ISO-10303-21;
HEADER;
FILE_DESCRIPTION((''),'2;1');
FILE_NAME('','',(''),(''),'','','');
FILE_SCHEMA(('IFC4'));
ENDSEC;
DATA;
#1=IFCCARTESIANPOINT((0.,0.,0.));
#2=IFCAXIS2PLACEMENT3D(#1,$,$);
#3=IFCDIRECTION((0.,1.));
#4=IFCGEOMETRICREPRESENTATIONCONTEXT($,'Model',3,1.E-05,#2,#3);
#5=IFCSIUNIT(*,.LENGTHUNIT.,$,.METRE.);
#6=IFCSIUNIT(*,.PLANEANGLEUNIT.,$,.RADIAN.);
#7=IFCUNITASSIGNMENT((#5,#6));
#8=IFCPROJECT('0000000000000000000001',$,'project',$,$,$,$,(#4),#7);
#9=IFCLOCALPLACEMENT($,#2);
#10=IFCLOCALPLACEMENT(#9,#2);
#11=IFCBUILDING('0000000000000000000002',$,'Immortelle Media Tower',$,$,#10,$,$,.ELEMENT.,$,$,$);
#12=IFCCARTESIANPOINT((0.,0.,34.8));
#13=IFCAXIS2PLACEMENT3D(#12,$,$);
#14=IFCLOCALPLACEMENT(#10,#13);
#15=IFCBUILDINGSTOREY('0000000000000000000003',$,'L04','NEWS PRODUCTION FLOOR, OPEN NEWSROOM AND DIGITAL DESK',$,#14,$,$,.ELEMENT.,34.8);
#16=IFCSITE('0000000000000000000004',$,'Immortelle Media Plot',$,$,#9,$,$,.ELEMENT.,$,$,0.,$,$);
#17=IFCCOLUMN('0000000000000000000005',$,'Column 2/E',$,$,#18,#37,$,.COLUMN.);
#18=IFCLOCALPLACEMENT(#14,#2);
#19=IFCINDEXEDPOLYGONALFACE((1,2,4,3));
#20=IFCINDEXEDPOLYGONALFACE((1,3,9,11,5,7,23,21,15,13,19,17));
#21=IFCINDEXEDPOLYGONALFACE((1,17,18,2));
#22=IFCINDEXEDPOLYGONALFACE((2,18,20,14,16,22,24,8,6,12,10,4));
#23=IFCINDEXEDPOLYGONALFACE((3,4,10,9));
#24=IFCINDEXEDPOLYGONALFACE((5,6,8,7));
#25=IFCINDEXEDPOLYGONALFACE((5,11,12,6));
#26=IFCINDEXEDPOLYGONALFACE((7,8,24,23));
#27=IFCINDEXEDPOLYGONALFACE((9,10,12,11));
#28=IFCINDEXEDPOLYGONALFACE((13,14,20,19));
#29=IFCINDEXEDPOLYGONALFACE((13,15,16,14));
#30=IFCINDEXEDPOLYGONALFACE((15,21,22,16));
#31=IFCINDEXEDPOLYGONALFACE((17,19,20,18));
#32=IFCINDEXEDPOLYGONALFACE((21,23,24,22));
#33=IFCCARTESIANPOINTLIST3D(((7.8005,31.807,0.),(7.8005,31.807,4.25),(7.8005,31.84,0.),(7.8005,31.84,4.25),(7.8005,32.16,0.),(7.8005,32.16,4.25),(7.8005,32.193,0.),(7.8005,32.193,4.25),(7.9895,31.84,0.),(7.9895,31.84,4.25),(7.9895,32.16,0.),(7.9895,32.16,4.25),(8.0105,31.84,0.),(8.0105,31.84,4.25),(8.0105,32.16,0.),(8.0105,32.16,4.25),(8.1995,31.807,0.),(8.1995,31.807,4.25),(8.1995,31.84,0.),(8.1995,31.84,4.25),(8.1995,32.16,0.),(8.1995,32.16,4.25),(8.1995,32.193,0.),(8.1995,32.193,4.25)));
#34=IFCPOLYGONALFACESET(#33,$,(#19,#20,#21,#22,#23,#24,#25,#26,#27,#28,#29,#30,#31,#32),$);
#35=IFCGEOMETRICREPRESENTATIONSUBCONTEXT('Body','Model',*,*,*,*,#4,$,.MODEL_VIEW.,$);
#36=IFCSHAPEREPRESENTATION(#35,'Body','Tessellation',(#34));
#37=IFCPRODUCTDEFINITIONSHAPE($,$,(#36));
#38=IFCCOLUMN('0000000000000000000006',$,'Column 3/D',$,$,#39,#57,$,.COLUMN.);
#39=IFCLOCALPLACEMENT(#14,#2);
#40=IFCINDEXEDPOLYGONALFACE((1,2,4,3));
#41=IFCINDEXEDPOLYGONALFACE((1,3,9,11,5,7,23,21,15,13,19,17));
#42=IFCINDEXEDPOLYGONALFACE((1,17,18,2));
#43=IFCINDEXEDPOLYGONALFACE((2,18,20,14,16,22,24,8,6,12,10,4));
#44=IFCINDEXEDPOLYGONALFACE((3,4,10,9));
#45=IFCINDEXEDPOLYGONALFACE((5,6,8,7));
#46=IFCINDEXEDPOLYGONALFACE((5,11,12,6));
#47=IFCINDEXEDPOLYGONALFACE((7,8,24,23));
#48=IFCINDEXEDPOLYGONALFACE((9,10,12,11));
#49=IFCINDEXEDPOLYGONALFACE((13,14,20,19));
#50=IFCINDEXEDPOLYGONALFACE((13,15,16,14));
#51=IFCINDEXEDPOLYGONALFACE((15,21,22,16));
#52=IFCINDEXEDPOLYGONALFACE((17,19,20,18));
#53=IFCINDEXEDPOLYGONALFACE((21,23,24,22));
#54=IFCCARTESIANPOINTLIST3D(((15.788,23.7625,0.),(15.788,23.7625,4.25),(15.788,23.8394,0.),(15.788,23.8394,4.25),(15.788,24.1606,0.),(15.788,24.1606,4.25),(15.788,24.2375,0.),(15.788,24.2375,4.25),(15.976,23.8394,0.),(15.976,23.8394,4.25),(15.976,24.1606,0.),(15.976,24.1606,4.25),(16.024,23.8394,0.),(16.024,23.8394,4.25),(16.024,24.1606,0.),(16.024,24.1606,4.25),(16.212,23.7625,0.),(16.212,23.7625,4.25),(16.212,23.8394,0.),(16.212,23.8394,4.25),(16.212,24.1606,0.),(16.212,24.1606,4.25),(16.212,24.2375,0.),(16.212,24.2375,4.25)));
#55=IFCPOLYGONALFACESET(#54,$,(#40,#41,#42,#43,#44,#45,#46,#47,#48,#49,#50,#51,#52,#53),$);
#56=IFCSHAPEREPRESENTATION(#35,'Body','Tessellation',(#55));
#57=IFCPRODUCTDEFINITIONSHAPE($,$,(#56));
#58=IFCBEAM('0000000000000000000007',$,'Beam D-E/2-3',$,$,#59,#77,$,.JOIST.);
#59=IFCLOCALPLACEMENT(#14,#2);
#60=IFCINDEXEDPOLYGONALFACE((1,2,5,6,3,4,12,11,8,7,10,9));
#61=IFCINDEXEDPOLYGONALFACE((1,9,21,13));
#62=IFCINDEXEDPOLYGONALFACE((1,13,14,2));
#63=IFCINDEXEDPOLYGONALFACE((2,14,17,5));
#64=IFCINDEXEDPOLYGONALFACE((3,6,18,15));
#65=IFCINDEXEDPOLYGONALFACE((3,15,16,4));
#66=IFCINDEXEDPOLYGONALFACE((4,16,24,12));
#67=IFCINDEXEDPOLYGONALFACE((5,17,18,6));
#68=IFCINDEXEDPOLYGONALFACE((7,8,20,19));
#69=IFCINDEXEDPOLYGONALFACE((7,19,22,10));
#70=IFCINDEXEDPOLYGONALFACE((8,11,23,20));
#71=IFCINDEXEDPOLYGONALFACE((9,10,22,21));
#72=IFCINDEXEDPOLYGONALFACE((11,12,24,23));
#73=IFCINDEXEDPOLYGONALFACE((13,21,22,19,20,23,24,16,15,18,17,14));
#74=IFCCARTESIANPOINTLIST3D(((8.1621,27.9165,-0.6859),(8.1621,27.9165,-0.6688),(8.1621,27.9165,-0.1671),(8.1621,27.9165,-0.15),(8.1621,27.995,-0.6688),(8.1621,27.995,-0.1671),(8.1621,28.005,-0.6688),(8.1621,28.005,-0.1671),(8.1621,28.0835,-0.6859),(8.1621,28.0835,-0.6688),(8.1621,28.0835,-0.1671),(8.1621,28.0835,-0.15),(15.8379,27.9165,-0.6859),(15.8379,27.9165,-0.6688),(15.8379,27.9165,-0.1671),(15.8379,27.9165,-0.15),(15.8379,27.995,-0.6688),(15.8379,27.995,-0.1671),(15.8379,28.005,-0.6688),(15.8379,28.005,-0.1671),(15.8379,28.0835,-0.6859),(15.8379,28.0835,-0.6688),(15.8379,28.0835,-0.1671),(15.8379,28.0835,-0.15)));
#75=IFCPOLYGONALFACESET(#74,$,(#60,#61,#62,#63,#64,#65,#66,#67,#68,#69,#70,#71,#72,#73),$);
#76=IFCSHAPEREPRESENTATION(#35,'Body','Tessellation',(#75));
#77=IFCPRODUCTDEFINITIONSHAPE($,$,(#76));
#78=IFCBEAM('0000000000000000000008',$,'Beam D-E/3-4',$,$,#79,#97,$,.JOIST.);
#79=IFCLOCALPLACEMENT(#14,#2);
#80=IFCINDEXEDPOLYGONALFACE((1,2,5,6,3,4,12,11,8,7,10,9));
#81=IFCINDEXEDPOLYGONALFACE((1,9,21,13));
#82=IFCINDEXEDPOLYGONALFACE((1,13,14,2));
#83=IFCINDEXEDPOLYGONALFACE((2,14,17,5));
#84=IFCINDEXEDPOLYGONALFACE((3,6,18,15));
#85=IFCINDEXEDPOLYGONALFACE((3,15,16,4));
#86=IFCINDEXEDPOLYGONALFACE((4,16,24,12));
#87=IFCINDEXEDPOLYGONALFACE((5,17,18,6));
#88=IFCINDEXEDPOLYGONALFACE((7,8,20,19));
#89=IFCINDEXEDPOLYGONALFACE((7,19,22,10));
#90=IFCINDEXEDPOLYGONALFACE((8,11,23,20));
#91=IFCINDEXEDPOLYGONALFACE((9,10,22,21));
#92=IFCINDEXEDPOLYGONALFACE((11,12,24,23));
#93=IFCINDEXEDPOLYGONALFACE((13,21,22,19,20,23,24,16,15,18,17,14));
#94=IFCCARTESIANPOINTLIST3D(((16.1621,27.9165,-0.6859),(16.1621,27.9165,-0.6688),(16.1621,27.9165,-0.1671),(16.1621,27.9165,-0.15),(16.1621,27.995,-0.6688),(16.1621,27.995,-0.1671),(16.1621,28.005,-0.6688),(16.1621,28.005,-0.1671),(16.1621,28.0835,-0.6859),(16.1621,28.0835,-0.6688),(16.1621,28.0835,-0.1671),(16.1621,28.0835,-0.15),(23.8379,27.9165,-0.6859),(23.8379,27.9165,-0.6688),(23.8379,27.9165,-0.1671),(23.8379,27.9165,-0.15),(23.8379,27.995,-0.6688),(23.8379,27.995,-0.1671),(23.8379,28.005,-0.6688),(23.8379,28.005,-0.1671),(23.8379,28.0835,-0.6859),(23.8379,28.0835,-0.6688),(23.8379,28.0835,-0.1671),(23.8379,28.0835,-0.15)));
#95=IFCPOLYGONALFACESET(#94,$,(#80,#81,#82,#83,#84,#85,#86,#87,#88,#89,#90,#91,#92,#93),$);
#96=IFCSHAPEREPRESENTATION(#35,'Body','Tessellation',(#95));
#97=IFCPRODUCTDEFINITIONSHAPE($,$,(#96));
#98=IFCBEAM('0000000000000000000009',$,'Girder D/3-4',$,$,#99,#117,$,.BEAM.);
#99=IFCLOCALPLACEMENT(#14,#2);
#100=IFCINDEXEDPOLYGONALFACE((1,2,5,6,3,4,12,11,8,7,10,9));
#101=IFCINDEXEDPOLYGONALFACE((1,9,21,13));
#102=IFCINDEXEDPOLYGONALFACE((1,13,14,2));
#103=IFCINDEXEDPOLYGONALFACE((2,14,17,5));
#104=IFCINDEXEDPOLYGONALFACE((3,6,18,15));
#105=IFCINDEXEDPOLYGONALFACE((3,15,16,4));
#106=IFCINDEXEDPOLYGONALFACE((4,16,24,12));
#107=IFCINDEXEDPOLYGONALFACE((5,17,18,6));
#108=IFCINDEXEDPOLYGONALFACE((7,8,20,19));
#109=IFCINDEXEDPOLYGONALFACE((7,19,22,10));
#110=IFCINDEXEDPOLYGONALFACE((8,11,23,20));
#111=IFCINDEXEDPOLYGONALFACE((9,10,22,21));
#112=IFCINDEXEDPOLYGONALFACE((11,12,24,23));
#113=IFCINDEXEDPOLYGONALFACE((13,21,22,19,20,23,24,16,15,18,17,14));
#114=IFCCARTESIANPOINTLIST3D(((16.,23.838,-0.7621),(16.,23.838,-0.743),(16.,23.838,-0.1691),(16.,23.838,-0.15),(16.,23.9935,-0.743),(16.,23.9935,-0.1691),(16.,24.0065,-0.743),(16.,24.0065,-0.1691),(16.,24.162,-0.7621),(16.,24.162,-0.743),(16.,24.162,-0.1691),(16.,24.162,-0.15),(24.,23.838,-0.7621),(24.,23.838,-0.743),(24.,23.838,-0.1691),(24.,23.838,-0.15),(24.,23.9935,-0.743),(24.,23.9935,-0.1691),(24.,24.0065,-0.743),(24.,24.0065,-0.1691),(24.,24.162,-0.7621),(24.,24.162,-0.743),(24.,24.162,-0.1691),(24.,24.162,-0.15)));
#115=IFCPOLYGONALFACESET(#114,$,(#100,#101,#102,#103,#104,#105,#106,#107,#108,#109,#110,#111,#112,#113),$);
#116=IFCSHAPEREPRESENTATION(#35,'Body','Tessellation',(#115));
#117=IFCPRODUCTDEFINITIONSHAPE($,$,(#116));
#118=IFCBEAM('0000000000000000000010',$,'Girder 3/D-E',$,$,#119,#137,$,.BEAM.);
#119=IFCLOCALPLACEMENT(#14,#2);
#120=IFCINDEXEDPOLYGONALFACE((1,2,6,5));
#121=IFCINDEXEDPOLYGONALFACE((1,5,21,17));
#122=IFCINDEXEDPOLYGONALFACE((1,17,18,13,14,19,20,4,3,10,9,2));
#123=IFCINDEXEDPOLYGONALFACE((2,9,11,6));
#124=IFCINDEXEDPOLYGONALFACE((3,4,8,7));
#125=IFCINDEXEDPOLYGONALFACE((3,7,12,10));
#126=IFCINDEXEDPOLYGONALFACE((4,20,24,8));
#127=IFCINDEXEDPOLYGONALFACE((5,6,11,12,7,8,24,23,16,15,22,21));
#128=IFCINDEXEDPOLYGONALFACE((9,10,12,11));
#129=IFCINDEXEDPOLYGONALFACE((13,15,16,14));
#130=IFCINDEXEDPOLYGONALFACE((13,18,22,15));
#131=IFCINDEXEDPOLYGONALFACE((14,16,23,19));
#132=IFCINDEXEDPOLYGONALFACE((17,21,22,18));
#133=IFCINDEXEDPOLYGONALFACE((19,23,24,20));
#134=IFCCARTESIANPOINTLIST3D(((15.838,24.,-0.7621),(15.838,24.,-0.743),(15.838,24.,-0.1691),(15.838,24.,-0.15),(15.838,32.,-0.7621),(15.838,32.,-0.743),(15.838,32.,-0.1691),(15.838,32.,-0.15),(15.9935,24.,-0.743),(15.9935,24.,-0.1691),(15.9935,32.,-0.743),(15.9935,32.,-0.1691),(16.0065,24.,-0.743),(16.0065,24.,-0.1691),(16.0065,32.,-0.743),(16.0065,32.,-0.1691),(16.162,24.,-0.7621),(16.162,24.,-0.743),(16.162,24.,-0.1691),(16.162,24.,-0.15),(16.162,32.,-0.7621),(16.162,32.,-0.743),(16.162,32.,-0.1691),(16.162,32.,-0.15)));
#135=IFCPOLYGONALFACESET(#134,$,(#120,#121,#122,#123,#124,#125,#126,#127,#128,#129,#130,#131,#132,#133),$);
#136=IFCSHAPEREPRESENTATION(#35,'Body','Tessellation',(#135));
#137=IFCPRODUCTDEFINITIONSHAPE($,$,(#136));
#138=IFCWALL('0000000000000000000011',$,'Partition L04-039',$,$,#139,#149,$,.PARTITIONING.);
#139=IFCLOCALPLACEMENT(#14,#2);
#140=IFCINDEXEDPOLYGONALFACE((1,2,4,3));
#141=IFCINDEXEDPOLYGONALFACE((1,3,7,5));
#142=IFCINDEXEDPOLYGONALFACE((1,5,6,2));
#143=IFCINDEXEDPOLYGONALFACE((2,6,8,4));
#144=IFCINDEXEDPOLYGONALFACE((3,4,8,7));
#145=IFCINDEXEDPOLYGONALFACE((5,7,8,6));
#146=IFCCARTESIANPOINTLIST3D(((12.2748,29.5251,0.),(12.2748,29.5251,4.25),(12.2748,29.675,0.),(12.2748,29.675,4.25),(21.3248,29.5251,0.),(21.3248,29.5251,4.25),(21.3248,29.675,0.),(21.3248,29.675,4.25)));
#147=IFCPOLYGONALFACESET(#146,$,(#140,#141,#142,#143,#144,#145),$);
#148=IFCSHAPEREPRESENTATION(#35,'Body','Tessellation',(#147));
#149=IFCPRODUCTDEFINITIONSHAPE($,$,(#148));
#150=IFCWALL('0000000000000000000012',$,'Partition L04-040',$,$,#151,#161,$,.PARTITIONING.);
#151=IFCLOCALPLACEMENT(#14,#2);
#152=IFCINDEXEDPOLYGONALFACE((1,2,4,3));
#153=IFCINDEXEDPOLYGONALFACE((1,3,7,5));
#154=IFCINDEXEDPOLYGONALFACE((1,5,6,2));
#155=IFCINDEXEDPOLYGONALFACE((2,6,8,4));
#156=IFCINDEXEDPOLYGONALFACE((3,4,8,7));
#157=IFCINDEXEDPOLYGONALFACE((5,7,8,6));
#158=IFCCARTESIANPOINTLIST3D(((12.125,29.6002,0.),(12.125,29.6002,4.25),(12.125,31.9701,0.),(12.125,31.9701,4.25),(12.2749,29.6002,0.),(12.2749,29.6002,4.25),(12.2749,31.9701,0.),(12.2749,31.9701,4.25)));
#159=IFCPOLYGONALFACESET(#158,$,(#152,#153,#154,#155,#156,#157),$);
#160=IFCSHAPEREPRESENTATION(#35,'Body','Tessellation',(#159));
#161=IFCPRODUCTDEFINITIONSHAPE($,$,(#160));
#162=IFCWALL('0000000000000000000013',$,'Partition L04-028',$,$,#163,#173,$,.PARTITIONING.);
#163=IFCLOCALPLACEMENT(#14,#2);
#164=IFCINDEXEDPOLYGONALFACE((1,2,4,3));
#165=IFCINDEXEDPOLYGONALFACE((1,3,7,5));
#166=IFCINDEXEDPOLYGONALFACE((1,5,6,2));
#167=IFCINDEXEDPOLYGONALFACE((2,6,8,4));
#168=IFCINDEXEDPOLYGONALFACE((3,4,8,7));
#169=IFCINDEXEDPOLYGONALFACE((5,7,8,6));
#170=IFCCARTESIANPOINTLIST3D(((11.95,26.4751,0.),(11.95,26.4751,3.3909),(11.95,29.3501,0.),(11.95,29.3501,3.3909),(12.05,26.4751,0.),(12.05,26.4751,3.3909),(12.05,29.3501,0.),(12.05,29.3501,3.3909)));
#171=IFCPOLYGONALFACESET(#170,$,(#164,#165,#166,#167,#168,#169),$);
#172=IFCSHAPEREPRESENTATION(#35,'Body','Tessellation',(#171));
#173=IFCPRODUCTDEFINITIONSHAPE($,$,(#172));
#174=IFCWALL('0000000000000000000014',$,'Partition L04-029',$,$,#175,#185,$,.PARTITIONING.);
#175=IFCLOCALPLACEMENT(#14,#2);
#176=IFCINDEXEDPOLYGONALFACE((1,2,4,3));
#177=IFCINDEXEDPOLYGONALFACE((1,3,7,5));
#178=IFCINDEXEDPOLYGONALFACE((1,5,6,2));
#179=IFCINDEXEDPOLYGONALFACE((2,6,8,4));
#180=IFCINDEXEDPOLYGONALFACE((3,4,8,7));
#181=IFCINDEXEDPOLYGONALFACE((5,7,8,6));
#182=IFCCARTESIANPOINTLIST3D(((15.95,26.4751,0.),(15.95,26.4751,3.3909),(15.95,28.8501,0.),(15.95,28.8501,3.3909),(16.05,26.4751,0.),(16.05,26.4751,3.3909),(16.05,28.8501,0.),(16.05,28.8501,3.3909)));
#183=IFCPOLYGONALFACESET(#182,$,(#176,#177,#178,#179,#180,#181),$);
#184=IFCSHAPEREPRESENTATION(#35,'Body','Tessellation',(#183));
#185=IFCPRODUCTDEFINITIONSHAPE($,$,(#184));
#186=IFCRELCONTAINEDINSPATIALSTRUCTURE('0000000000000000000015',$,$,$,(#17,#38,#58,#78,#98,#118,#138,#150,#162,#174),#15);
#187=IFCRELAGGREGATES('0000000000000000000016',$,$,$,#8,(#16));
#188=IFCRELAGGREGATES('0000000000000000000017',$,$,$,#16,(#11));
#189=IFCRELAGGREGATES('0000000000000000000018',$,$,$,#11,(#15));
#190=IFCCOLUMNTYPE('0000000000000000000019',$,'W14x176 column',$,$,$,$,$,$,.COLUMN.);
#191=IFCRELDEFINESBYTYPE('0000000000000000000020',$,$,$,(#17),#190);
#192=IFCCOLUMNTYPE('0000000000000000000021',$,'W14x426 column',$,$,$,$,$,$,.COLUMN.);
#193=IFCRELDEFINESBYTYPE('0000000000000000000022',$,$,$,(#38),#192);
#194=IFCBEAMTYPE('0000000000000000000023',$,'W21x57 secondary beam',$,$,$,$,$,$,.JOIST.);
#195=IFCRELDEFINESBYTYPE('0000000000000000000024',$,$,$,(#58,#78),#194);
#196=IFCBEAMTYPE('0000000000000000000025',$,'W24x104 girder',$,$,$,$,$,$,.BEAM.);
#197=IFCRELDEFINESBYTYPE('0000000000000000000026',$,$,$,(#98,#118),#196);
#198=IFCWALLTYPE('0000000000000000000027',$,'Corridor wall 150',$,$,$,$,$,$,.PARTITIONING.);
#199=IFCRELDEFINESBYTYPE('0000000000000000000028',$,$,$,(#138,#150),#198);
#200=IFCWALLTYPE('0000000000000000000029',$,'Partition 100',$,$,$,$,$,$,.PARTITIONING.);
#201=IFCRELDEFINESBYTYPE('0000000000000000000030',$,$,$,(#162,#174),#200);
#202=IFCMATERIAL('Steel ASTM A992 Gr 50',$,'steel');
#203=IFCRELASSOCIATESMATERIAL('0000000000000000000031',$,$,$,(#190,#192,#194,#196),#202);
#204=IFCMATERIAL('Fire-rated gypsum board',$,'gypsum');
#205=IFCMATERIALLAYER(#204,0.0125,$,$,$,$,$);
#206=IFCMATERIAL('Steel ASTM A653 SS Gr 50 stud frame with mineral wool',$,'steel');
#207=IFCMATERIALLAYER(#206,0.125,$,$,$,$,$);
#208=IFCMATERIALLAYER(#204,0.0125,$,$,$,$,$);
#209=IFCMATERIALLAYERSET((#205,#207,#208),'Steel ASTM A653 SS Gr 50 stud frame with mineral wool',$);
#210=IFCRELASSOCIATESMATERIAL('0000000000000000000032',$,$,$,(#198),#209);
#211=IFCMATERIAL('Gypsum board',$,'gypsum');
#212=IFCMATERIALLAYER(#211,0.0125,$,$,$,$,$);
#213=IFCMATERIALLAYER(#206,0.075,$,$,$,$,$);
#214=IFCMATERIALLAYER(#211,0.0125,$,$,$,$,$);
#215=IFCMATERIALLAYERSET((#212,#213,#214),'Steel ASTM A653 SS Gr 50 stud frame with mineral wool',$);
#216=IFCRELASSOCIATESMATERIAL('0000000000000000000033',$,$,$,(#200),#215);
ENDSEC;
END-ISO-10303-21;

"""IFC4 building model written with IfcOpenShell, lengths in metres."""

from ifc_helpers import new_model, si_unit, direction, frame, frame_2d, origin, origin_2d, place, context, subcontext, project, spatial, rectangle, i_section, extrude, material, layer, layer_set, material_profile, profile_set, type_object, element, save


model = new_model("IFC4")

# Units and contexts
model_context = context("Model", 3, precision=1e-05, world=origin(), true_north=direction((0.0, 1.0)))
body_context = subcontext(model_context, "Body", "Model", "MODEL_VIEW")
ifc_project = project(units=[si_unit("LENGTHUNIT", "METRE"), si_unit("PLANEANGLEUNIT", "RADIAN")], contexts=[model_context])

# Site, building, storey
site_placement = place(None, origin())
site = spatial("IfcSite", under=ifc_project, at=site_placement, Name="Immortelle Media Plot", CompositionType="ELEMENT", RefElevation=0.0)
building_placement = place(site_placement, origin())
building = spatial("IfcBuilding", under=site, at=building_placement, Name="Immortelle Media Tower", CompositionType="ELEMENT")
storey_placement = place(building_placement, frame((0.0, 0.0, 34.8)))
storey = spatial("IfcBuildingStorey", under=building, at=storey_placement, Name="L04", Description="NEWS PRODUCTION FLOOR, OPEN NEWSROOM AND DIGITAL DESK", CompositionType="ELEMENT", Elevation=34.8)

# Columns
ifc_material_1 = material(Name="Steel ASTM A992 Gr 50", Category="steel")
ifc_material_profile_1 = material_profile(ifc_material_1, i_section(OverallWidth=0.3989, OverallDepth=0.386, WebThickness=0.021, FlangeThickness=0.033, at=origin_2d()), Name="W14x176")
ifc_profile_set_1 = profile_set([ifc_material_profile_1], Name="Steel ASTM A992 Gr 50")
column_type_1 = type_object("IfcColumnType", Name="W14x176 column", PredefinedType="COLUMN", material=ifc_profile_set_1)
column_1_placement = place(storey_placement, frame((8.0, 32.0, 0.0), z_axis=(0.0, 0.0, 1.0), x_axis=(1.0, 0.0, 0.0)))
element("IfcColumn", 1, at=column_1_placement, inside=storey, type_object=column_type_1, Name="Column 2/E", PredefinedType="COLUMN", context=body_context, shape_type="SweptSolid", body=[
    extrude(i_section(OverallWidth=0.3989, OverallDepth=0.386, WebThickness=0.021, FlangeThickness=0.033, at=origin_2d()), origin(), (0.0, 0.0, 1.0), 4.25),
])
ifc_material_profile_2 = material_profile(ifc_material_1, i_section(OverallWidth=0.4241, OverallDepth=0.4751, WebThickness=0.0481, FlangeThickness=0.0769, at=origin_2d()), Name="W14x426")
ifc_profile_set_2 = profile_set([ifc_material_profile_2], Name="Steel ASTM A992 Gr 50")
column_type_2 = type_object("IfcColumnType", Name="W14x426 column", PredefinedType="COLUMN", material=ifc_profile_set_2)
column_2_placement = place(storey_placement, frame((16.0, 24.0, 0.0), z_axis=(0.0, 0.0, 1.0), x_axis=(1.0, 0.0, 0.0)))
element("IfcColumn", 2, at=column_2_placement, inside=storey, type_object=column_type_2, Name="Column 3/D", PredefinedType="COLUMN", context=body_context, shape_type="SweptSolid", body=[
    extrude(i_section(OverallWidth=0.4241, OverallDepth=0.4751, WebThickness=0.0481, FlangeThickness=0.0769, at=origin_2d()), origin(), (0.0, 0.0, 1.0), 4.25),
])

# Beams
ifc_material_profile_3 = material_profile(ifc_material_1, i_section(OverallWidth=0.167, OverallDepth=0.5359, WebThickness=0.01, FlangeThickness=0.0171, at=origin_2d()), Name="W21x57")
ifc_profile_set_3 = profile_set([ifc_material_profile_3], Name="Steel ASTM A992 Gr 50")
beam_type_1 = type_object("IfcBeamType", Name="W21x57 secondary beam", PredefinedType="JOIST", material=ifc_profile_set_3)
for number, where, z_axis, x_axis, name in (
    (3, (8.1621, 28.0, -0.418), (1.0, 0.0, 0.0), (0.0, 1.0, 0.0), "Beam D-E/2-3"),
    (4, (16.1621, 28.0, -0.418), (1.0, 0.0, 0.0), (0.0, 1.0, 0.0), "Beam D-E/3-4"),
):
    element("IfcBeam", number, at=place(storey_placement, frame(where, z_axis=z_axis, x_axis=x_axis)), inside=storey, type_object=beam_type_1, Name=name, PredefinedType="JOIST", context=body_context, shape_type="SweptSolid", body=[
        extrude(i_section(OverallWidth=0.167, OverallDepth=0.5359, WebThickness=0.01, FlangeThickness=0.0171, at=origin_2d()), origin(), (0.0, 0.0, 1.0), 7.6758),
    ])
ifc_material_profile_4 = material_profile(ifc_material_1, i_section(OverallWidth=0.324, OverallDepth=0.6121, WebThickness=0.0129, FlangeThickness=0.019, at=origin_2d()), Name="W24x104")
ifc_profile_set_4 = profile_set([ifc_material_profile_4], Name="Steel ASTM A992 Gr 50")
beam_type_2 = type_object("IfcBeamType", Name="W24x104 girder", PredefinedType="BEAM", material=ifc_profile_set_4)
for number, where, z_axis, x_axis, name in (
    (5, (16.0, 24.0, -0.4561), (1.0, 0.0, 0.0), (0.0, 1.0, 0.0), "Girder D/3-4"),
    (6, (16.0, 24.0, -0.4561), (0.0, 1.0, 0.0), (-1.0, 0.0, 0.0), "Girder 3/D-E"),
):
    element("IfcBeam", number, at=place(storey_placement, frame(where, z_axis=z_axis, x_axis=x_axis)), inside=storey, type_object=beam_type_2, Name=name, PredefinedType="BEAM", context=body_context, shape_type="SweptSolid", body=[
        extrude(i_section(OverallWidth=0.324, OverallDepth=0.6121, WebThickness=0.0129, FlangeThickness=0.019, at=origin_2d()), origin(), (0.0, 0.0, 1.0), 8.0),
    ])

# Walls
ifc_material_2 = material(Name="Fire-rated gypsum board", Category="gypsum")
ifc_layer_1 = layer(ifc_material_2, 0.0125)
ifc_material_3 = material(Name="Steel ASTM A653 SS Gr 50 stud frame with mineral wool", Category="steel")
ifc_layer_2 = layer(ifc_material_3, 0.125)
ifc_layer_3 = layer(ifc_material_2, 0.0125)
ifc_layer_set_1 = layer_set([ifc_layer_1, ifc_layer_2, ifc_layer_3], Name="Steel ASTM A653 SS Gr 50 stud frame with mineral wool")
wall_type_1 = type_object("IfcWallType", Name="Corridor wall 150", PredefinedType="PARTITIONING", material=ifc_layer_set_1)
wall_1_placement = place(storey_placement, frame((12.2749, 29.6001, 0.0), z_axis=(0.0, 0.0, 1.0), x_axis=(1.0, 0.0, 0.0)))
element("IfcWall", 7, at=wall_1_placement, inside=storey, type_object=wall_type_1, Name="Partition L04-039", PredefinedType="PARTITIONING", context=body_context, shape_type="SweptSolid", body=[
    extrude(rectangle(XDim=9.05, YDim=0.1499, at=frame_2d((4.5249, 0.0))), origin(), (0.0, 0.0, 1.0), 4.25),
])
wall_2_placement = place(storey_placement, frame((12.2, 29.6001, 0.0), z_axis=(0.0, 0.0, 1.0), x_axis=(0.0, 1.0, 0.0)))
element("IfcWall", 8, at=wall_2_placement, inside=storey, type_object=wall_type_1, Name="Partition L04-040", PredefinedType="PARTITIONING", context=body_context, shape_type="SweptSolid", body=[
    extrude(rectangle(XDim=2.3699, YDim=0.1499, at=frame_2d((1.1851, 0.0))), origin(), (0.0, 0.0, 1.0), 4.25),
])
ifc_material_4 = material(Name="Gypsum board", Category="gypsum")
ifc_layer_4 = layer(ifc_material_4, 0.0125)
ifc_layer_5 = layer(ifc_material_3, 0.075)
ifc_layer_6 = layer(ifc_material_4, 0.0125)
ifc_layer_set_2 = layer_set([ifc_layer_4, ifc_layer_5, ifc_layer_6], Name="Steel ASTM A653 SS Gr 50 stud frame with mineral wool")
wall_type_2 = type_object("IfcWallType", Name="Partition 100", PredefinedType="PARTITIONING", material=ifc_layer_set_2)
wall_3_placement = place(storey_placement, frame((12.0, 26.4751, 0.0), z_axis=(0.0, 0.0, 1.0), x_axis=(0.0, 1.0, 0.0)))
element("IfcWall", 9, at=wall_3_placement, inside=storey, type_object=wall_type_2, Name="Partition L04-028", PredefinedType="PARTITIONING", context=body_context, shape_type="SweptSolid", body=[
    extrude(rectangle(XDim=2.875, YDim=0.1001, at=frame_2d((1.4375, 0.0))), origin(), (0.0, 0.0, 1.0), 3.3909),
])
wall_4_placement = place(storey_placement, frame((16.0, 26.4751, 0.0), z_axis=(0.0, 0.0, 1.0), x_axis=(0.0, 1.0, 0.0)))
element("IfcWall", 10, at=wall_4_placement, inside=storey, type_object=wall_type_2, Name="Partition L04-029", PredefinedType="PARTITIONING", context=body_context, shape_type="SweptSolid", body=[
    extrude(rectangle(XDim=2.375, YDim=0.1001, at=frame_2d((1.1875, 0.0))), origin(), (0.0, 0.0, 1.0), 3.3909),
])

save(model, "model.ifc")
